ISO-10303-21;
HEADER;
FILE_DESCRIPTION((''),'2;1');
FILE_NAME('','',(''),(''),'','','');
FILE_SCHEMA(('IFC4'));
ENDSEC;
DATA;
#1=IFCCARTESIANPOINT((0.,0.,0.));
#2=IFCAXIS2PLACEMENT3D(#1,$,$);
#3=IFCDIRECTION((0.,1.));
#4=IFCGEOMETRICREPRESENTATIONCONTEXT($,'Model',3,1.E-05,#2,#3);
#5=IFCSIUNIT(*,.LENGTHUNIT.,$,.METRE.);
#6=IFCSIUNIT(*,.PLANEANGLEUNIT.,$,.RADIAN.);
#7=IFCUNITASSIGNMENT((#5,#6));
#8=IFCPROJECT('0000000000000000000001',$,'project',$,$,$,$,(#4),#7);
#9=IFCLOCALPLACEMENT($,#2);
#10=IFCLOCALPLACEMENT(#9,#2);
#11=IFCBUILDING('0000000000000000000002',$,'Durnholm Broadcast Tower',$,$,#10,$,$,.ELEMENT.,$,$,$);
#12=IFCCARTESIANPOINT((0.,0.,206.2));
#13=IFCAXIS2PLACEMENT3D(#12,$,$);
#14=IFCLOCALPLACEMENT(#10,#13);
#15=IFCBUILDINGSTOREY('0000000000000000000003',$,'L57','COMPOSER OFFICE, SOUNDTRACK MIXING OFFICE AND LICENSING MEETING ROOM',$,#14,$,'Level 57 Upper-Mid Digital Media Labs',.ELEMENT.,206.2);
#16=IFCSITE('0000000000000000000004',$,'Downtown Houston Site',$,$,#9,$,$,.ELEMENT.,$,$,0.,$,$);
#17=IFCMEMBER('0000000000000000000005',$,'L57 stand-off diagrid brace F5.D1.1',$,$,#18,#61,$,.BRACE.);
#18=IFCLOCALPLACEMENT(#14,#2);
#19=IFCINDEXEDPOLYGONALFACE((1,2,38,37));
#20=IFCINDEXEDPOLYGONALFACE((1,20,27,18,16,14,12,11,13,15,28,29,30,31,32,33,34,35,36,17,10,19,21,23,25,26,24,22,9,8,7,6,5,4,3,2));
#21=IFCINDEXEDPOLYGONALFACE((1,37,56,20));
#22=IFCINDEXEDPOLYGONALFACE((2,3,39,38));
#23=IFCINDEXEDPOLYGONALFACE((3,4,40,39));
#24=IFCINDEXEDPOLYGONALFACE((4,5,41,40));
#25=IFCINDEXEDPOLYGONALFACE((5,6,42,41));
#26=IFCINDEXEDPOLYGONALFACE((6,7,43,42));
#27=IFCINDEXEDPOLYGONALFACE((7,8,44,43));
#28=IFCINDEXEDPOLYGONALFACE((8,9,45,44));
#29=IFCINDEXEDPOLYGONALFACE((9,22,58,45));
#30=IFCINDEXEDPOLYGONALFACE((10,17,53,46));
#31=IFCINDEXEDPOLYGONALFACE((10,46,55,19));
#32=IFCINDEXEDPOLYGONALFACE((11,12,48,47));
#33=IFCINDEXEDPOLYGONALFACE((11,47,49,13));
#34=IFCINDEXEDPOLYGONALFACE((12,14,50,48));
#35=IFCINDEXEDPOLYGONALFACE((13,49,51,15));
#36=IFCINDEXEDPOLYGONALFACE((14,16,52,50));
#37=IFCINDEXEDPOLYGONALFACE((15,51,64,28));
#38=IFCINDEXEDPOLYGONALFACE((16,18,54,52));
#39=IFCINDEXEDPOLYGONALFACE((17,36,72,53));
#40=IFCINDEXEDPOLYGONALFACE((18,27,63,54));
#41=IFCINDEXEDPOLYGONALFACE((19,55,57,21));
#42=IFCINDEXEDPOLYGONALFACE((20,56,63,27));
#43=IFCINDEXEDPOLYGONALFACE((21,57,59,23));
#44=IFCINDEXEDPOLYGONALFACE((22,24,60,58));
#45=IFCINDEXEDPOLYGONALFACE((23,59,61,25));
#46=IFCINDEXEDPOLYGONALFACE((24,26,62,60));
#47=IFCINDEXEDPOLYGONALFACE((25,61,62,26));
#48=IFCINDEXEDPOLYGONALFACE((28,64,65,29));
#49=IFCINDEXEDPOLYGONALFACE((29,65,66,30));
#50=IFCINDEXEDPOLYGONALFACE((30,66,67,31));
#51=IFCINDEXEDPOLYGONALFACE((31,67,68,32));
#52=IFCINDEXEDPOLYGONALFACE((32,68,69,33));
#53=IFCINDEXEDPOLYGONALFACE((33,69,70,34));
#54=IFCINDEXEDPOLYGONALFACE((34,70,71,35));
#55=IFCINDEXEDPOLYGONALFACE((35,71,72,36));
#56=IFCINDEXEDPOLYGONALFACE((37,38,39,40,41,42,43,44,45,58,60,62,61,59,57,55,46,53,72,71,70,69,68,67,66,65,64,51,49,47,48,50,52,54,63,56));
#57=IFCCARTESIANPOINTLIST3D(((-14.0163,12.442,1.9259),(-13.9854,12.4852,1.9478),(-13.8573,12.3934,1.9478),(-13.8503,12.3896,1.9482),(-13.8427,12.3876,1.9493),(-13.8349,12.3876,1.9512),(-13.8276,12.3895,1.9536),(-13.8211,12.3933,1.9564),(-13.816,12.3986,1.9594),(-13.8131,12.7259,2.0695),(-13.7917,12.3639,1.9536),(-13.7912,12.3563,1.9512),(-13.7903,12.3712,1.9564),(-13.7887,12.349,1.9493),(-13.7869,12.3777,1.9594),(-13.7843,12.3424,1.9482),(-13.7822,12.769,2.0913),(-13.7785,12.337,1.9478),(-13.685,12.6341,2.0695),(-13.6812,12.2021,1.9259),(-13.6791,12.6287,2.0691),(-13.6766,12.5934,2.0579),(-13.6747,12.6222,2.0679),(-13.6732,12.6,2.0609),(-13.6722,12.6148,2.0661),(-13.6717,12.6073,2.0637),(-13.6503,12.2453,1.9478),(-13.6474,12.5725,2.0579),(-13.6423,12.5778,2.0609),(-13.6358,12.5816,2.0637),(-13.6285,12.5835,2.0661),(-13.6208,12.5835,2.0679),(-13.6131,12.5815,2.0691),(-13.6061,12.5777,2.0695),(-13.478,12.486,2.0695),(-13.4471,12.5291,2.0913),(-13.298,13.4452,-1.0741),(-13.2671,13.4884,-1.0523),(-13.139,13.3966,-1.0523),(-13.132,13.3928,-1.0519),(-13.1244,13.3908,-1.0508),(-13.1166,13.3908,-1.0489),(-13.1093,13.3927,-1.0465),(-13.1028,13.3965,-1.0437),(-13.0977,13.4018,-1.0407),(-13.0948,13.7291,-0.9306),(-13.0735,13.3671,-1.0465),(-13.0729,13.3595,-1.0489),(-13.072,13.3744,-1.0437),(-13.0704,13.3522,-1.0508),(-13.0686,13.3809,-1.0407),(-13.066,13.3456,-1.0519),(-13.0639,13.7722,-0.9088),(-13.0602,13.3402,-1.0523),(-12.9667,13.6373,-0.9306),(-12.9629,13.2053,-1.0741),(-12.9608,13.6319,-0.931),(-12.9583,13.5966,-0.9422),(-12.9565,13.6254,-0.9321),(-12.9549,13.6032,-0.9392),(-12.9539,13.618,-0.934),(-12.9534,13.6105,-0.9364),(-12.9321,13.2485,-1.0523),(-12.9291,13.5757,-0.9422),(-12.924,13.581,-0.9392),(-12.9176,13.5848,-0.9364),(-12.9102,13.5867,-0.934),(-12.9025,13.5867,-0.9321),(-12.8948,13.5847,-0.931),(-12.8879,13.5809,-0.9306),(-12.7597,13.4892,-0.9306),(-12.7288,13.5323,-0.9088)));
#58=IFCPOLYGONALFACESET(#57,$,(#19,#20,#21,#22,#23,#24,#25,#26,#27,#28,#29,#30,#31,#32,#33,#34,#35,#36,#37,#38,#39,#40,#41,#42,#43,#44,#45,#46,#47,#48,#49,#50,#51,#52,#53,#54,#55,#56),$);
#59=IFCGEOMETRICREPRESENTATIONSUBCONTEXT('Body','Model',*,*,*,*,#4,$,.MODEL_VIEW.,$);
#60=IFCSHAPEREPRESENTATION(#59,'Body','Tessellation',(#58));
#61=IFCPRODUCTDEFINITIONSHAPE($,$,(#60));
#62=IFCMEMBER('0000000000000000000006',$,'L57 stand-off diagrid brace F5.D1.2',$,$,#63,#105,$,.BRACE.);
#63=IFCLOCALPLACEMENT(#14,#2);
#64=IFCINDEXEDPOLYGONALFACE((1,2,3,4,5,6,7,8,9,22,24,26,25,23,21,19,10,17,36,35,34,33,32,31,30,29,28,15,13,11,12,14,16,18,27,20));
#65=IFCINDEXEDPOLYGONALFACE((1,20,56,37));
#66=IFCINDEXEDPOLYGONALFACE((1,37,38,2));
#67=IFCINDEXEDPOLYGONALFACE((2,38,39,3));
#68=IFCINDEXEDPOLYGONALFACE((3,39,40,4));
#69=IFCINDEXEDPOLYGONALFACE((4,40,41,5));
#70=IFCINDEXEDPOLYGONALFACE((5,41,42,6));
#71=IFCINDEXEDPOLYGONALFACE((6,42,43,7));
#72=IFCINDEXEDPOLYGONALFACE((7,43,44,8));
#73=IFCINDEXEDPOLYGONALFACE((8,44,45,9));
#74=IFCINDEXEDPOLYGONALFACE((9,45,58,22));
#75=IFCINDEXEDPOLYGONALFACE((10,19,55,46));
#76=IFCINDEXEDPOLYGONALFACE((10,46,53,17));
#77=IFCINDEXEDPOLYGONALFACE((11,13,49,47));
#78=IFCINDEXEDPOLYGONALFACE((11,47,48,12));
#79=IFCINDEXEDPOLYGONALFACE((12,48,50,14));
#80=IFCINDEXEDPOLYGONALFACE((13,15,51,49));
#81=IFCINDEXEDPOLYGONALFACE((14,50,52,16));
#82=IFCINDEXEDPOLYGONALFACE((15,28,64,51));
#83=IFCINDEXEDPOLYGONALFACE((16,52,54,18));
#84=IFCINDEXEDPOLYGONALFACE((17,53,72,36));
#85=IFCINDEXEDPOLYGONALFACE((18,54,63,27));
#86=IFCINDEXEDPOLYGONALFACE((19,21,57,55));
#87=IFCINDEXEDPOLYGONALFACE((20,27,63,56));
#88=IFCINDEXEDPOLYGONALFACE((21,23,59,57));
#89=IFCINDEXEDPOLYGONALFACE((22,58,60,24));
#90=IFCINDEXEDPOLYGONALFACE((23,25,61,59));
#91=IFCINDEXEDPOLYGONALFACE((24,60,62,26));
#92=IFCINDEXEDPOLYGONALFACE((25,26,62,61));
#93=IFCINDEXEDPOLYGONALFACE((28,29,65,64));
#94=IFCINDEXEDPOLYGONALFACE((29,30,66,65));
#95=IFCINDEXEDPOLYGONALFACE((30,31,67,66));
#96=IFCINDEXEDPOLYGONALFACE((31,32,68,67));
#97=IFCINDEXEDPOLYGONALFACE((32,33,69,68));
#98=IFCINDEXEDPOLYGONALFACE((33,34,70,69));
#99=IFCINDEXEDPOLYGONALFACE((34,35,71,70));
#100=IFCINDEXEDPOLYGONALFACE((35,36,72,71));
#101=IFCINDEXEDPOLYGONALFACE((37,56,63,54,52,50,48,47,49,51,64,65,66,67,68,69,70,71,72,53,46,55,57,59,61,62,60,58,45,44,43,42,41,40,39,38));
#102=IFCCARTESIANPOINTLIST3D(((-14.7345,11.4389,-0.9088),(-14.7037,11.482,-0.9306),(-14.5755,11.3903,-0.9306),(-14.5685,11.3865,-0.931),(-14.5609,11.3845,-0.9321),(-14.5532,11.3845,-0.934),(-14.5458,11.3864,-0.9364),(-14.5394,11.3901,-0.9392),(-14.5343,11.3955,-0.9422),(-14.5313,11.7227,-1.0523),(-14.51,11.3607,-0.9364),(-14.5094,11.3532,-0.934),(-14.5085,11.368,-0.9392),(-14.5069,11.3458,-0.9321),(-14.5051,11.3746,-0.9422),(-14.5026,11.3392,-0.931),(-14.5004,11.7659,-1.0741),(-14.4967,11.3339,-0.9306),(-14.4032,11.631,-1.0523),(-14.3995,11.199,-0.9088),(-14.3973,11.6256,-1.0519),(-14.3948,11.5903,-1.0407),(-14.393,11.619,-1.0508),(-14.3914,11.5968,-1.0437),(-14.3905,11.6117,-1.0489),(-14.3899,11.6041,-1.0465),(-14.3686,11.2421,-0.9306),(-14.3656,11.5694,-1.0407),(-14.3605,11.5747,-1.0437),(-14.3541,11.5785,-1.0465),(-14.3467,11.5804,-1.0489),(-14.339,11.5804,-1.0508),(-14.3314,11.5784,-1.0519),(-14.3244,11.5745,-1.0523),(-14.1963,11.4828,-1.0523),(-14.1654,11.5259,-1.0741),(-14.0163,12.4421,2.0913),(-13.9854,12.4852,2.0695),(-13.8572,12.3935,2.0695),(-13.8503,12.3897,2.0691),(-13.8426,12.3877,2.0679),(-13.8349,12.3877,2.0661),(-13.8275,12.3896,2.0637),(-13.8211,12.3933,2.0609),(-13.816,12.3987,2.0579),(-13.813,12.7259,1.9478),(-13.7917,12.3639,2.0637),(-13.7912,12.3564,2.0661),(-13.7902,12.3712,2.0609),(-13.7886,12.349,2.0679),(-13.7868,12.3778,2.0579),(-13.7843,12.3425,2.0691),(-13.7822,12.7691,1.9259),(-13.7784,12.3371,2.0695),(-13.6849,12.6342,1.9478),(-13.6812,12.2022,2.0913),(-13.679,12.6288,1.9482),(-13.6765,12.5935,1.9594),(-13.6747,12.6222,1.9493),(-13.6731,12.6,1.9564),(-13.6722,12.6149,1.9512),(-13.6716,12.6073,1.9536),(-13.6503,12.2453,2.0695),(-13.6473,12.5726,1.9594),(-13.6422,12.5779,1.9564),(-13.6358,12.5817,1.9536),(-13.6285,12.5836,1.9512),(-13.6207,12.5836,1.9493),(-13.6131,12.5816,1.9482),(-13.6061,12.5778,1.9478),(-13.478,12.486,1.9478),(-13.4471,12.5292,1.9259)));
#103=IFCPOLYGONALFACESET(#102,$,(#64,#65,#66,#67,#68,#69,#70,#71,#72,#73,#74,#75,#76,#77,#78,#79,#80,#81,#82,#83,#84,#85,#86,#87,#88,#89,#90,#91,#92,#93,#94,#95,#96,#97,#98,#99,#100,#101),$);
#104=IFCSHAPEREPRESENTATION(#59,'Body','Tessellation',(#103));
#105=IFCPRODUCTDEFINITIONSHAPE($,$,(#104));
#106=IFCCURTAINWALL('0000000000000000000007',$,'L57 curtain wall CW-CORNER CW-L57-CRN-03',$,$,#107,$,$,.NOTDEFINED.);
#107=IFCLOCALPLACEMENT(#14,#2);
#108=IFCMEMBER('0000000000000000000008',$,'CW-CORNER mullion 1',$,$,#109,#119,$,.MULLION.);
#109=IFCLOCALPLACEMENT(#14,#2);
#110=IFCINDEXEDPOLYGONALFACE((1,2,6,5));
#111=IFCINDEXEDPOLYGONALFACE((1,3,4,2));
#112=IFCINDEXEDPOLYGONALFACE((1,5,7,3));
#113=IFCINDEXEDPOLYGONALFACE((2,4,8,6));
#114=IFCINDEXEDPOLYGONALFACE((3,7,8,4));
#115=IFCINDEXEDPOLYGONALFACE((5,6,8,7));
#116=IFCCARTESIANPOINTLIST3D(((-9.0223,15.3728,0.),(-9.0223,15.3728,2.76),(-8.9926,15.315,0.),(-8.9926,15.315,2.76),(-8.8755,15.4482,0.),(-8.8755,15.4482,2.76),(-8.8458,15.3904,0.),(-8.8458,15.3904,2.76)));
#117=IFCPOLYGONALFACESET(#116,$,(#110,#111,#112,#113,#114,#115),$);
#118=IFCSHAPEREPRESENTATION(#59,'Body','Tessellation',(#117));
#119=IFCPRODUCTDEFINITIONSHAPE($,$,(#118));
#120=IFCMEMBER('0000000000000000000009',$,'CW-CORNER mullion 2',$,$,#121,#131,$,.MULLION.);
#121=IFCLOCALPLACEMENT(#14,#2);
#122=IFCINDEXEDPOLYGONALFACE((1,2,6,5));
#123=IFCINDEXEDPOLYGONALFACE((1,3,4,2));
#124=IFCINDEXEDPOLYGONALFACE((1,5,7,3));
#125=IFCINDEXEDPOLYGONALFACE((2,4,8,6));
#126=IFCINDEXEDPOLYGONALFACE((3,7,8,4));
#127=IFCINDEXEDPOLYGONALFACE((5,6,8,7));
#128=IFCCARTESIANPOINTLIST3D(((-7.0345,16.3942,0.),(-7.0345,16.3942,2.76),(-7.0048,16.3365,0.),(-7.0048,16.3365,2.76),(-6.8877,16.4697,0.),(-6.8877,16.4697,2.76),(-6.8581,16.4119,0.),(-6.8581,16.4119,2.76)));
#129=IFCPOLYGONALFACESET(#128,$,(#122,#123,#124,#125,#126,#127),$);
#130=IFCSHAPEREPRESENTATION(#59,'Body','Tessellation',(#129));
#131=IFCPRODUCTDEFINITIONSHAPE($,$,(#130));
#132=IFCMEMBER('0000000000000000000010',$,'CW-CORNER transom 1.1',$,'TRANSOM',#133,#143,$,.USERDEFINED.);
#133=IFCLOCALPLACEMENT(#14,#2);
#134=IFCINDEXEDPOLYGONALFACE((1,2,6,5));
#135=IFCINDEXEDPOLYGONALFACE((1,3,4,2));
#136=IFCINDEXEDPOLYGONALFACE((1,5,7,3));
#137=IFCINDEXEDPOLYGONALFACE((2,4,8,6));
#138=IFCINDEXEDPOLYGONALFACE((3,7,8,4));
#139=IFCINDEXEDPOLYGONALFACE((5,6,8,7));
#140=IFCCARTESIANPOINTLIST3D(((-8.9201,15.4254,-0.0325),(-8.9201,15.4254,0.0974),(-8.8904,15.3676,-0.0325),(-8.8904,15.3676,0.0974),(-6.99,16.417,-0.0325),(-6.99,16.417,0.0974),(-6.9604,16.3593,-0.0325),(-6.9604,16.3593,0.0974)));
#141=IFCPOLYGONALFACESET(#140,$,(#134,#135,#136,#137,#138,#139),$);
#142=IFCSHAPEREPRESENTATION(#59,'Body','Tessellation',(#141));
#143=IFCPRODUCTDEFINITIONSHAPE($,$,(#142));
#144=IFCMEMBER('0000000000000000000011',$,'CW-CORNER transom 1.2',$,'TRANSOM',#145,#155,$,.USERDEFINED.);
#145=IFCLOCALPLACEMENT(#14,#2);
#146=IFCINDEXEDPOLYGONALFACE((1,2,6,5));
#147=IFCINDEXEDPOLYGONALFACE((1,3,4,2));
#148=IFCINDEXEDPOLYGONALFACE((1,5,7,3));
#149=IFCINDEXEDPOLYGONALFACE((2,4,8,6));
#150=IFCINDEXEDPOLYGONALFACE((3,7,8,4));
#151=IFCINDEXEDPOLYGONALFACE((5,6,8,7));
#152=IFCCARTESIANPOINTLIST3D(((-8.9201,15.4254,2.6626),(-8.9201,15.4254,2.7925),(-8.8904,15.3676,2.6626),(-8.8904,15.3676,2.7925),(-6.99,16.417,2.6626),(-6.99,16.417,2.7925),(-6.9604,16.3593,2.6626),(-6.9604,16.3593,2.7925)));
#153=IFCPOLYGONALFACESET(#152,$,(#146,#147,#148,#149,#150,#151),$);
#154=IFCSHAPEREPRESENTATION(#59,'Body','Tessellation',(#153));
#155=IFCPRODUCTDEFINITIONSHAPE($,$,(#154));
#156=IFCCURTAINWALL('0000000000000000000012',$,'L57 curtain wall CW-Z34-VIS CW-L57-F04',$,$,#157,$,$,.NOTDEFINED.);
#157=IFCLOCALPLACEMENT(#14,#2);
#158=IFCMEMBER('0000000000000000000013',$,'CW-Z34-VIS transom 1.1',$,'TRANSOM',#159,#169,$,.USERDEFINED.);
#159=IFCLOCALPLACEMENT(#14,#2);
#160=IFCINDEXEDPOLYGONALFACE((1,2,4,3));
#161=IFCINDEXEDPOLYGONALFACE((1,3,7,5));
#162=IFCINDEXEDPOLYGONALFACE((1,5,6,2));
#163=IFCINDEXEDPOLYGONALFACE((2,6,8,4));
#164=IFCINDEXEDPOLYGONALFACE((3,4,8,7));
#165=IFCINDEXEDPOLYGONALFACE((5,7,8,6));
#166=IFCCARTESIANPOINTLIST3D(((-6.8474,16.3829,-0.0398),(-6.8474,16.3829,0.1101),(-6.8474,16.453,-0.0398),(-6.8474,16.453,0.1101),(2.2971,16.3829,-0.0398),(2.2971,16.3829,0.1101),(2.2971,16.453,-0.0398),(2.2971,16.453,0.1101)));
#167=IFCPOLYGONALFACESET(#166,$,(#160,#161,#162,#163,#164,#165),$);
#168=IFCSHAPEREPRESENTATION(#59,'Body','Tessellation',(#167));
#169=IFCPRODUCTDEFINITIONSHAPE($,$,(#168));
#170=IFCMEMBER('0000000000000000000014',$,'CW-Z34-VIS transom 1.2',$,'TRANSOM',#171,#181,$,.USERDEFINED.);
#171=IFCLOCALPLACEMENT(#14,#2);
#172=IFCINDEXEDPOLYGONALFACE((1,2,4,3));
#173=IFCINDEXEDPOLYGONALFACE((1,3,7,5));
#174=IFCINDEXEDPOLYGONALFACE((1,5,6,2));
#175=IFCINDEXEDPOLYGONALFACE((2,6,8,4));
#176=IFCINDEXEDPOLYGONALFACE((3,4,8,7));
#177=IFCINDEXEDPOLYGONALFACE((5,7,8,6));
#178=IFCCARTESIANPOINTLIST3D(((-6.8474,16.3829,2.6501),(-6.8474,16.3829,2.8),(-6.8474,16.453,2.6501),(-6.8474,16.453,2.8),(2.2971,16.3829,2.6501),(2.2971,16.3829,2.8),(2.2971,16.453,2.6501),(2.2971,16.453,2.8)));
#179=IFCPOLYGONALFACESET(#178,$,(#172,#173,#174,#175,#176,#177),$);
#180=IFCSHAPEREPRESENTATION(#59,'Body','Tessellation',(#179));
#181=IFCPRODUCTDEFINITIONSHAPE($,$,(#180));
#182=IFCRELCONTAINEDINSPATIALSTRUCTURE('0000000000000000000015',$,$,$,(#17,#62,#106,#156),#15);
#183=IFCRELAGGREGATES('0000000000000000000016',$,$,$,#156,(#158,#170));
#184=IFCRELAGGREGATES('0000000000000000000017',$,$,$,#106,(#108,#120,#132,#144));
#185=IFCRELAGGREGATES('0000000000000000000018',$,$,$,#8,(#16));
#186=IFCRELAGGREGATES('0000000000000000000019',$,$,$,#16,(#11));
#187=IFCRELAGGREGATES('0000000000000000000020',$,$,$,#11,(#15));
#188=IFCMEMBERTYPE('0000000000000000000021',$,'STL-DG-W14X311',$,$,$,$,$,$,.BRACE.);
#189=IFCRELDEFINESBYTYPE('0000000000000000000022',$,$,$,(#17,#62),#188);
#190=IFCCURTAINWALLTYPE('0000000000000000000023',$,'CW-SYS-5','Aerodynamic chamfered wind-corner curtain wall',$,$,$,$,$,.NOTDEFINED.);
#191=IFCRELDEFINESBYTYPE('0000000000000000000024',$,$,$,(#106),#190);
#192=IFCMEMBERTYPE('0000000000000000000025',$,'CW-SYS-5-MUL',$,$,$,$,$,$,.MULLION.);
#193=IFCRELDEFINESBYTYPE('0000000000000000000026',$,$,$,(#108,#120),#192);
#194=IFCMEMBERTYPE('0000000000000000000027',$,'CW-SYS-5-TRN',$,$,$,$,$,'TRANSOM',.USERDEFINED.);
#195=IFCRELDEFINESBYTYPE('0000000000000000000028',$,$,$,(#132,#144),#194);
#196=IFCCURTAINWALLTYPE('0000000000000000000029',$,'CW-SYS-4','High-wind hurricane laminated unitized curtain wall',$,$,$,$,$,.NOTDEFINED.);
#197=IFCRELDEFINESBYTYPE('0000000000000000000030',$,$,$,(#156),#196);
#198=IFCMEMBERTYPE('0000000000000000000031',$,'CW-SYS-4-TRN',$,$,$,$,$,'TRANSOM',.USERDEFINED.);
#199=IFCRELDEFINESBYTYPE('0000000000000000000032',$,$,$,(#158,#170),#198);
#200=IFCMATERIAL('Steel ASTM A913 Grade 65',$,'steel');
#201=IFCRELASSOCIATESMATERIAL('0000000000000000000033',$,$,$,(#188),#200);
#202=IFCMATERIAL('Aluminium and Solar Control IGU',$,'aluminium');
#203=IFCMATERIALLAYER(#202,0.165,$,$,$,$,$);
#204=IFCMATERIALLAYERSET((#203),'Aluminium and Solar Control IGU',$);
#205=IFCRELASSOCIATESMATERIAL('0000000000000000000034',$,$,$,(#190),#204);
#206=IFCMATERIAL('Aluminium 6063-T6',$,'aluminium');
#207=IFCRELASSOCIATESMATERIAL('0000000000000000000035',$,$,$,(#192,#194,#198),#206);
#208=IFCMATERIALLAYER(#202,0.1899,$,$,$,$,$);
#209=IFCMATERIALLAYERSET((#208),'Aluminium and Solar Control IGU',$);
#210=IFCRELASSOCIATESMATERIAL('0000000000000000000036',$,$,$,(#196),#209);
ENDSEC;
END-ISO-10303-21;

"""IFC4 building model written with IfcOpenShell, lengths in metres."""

from ifc_helpers import new_model, si_unit, direction, frame, origin, origin_2d, place, context, subcontext, project, spatial, rectangle, i_section, extrude, source, transform, mapped, material, layer, layer_set, material_profile, profile_set, type_object, type_shapes, element, aggregate, save


model = new_model("IFC4")

# Units and contexts
model_context = context("Model", 3, precision=1e-05, world=origin(), true_north=direction((0.0, 1.0)))
body_context = subcontext(model_context, "Body", "Model", "MODEL_VIEW")
ifc_project = project(units=[si_unit("LENGTHUNIT", "METRE"), si_unit("PLANEANGLEUNIT", "RADIAN")], contexts=[model_context])

# Site, building, storey
site_placement = place(None, origin())
site = spatial("IfcSite", under=ifc_project, at=site_placement, Name="Downtown Houston Site", CompositionType="ELEMENT", RefElevation=0.0)
building_placement = place(site_placement, origin())
building = spatial("IfcBuilding", under=site, at=building_placement, Name="Durnholm Broadcast Tower", CompositionType="ELEMENT")
storey_placement = place(building_placement, frame((0.0, 0.0, 206.2)))
storey = spatial("IfcBuildingStorey", under=building, at=storey_placement, Name="L57", Description="COMPOSER OFFICE, SOUNDTRACK MIXING OFFICE AND LICENSING MEETING ROOM", LongName="Level 57 Upper-Mid Digital Media Labs", CompositionType="ELEMENT", Elevation=206.2)

# Members
ifc_material_1 = material(Name="Steel ASTM A913 Grade 65", Category="steel")
ifc_material_profile_1 = material_profile(ifc_material_1, i_section(OverallWidth=0.4121, OverallDepth=0.4348, WebThickness=0.0359, FlangeThickness=0.0574, FilletRadius=0.0305, at=origin_2d()), Name="W14X311")
ifc_profile_set_1 = profile_set([ifc_material_profile_1], Name="Steel ASTM A913 Grade 65")
member_type_1 = type_object("IfcMemberType", Name="STL-DG-W14X311", PredefinedType="BRACE", material=ifc_profile_set_1)
shared_shape_1 = source(origin(), body_context, "Body", "SweptSolid", [
    extrude(i_section(OverallWidth=0.4121, OverallDepth=0.4348, WebThickness=0.0359, FlangeThickness=0.0574, FilletRadius=0.0305, at=origin_2d()), origin(), (0.0, 0.0, 1.0), 3.2439),
])
type_shapes(member_type_1, [shared_shape_1])
for number, where, z_axis, x_axis, name in (
    (1, (-13.0134, 13.4888, -0.9915), (-0.221426, -0.309259, 0.92484), (0.813078, -0.582155, 0.0), "L57 stand-off diagrid brace F5.D1.1"),
    (2, (-14.45, 11.4824, -0.9915), (0.221426, 0.309259, 0.92484), (-0.813078, 0.582155, 0.0), "L57 stand-off diagrid brace F5.D1.2"),
):
    element("IfcMember", number, at=place(storey_placement, frame(where, z_axis=z_axis, x_axis=x_axis)), inside=storey, type_object=member_type_1, Name=name, PredefinedType="BRACE", context=body_context, shape_type="MappedRepresentation", body=[
        mapped(shared_shape_1, transform((0.0, 0.0, 0.0), x_axis=(1.0, 0.0, 0.0), y_axis=(0.0, 1.0, 0.0), z_axis=(0.0, 0.0, 1.0), scale=1.0)),
    ])

# Curtain walls, members
ifc_material_2 = material(Name="Aluminium and Solar Control IGU", Category="aluminium")
ifc_layer_1 = layer(ifc_material_2, 0.165)
ifc_layer_set_1 = layer_set([ifc_layer_1], Name="Aluminium and Solar Control IGU")
curtain_wall_type_1 = type_object("IfcCurtainWallType", Name="CW-SYS-5", Description="Aerodynamic chamfered wind-corner curtain wall", PredefinedType="NOTDEFINED", material=ifc_layer_set_1)
curtain_wall_1_placement = place(storey_placement, origin())
curtain_wall_1 = element("IfcCurtainWall", 3, at=curtain_wall_1_placement, inside=storey, type_object=curtain_wall_type_1, Name="L57 curtain wall CW-CORNER CW-L57-CRN-03", PredefinedType="NOTDEFINED")
ifc_material_3 = material(Name="Aluminium 6063-T6", Category="aluminium")
ifc_material_profile_2 = material_profile(ifc_material_3, rectangle(XDim=0.0649, YDim=0.165, at=origin_2d()), Name="CWM65X165")
ifc_profile_set_2 = profile_set([ifc_material_profile_2], Name="Aluminium 6063-T6")
member_type_2 = type_object("IfcMemberType", Name="CW-SYS-5-MUL", PredefinedType="MULLION", material=ifc_profile_set_2)
shared_shape_2 = source(origin(), body_context, "Body", "SweptSolid", [
    extrude(rectangle(XDim=0.0649, YDim=0.165, at=origin_2d()), origin(), (0.0, 0.0, 1.0), 2.76),
])
type_shapes(member_type_2, [shared_shape_2])
member_1_placement = place(storey_placement, frame((-8.9341, 15.3816, 0.0), z_axis=(0.0, 0.0, 1.0), x_axis=(-0.457082, 0.889425, 0.0)))
member_1 = element("IfcMember", 4, at=member_1_placement, type_object=member_type_2, Name="CW-CORNER mullion 1", PredefinedType="MULLION", context=body_context, shape_type="MappedRepresentation", body=[
    mapped(shared_shape_2, transform((0.0, 0.0, 0.0), x_axis=(1.0, 0.0, 0.0), y_axis=(0.0, 1.0, 0.0), z_axis=(0.0, 0.0, 1.0), scale=1.0)),
])
member_2_placement = place(storey_placement, frame((-6.9463, 16.4031, 0.0), z_axis=(0.0, 0.0, 1.0), x_axis=(-0.457082, 0.889425, 0.0)))
member_2 = element("IfcMember", 5, at=member_2_placement, type_object=member_type_2, Name="CW-CORNER mullion 2", PredefinedType="MULLION", context=body_context, shape_type="MappedRepresentation", body=[
    mapped(shared_shape_2, transform((0.0, 0.0, 0.0), x_axis=(1.0, 0.0, 0.0), y_axis=(0.0, 1.0, 0.0), z_axis=(0.0, 0.0, 1.0), scale=1.0)),
])
ifc_material_profile_3 = material_profile(ifc_material_3, rectangle(XDim=0.0649, YDim=0.1299, at=origin_2d()), Name="CWT65X130")
ifc_profile_set_3 = profile_set([ifc_material_profile_3], Name="Aluminium 6063-T6")
member_type_3 = type_object("IfcMemberType", Name="CW-SYS-5-TRN", ElementType="TRANSOM", PredefinedType="USERDEFINED", material=ifc_profile_set_3)
shared_shape_3 = source(origin(), body_context, "Body", "SweptSolid", [
    extrude(rectangle(XDim=0.0649, YDim=0.1299, at=origin_2d()), origin(), (0.0, 0.0, 1.0), 2.1699),
])
type_shapes(member_type_3, [shared_shape_3])
member_3_placement = place(storey_placement, frame((-8.9053, 15.3965, 0.0325), z_axis=(0.889468, 0.456997, 0.0), x_axis=(-0.456997, 0.889468, 0.0)))
member_3 = element("IfcMember", 6, at=member_3_placement, type_object=member_type_3, Name="CW-CORNER transom 1.1", ObjectType="TRANSOM", PredefinedType="USERDEFINED", context=body_context, shape_type="MappedRepresentation", body=[
    mapped(shared_shape_3, transform((0.0, 0.0, 0.0), x_axis=(1.0, 0.0, 0.0), y_axis=(0.0, 1.0, 0.0), z_axis=(0.0, 0.0, 1.0), scale=1.0)),
])
member_4_placement = place(storey_placement, frame((-8.9053, 15.3965, 2.7275), z_axis=(0.889468, 0.456997, 0.0), x_axis=(-0.456997, 0.889468, 0.0)))
member_4 = element("IfcMember", 7, at=member_4_placement, type_object=member_type_3, Name="CW-CORNER transom 1.2", ObjectType="TRANSOM", PredefinedType="USERDEFINED", context=body_context, shape_type="MappedRepresentation", body=[
    mapped(shared_shape_3, transform((0.0, 0.0, 0.0), x_axis=(1.0, 0.0, 0.0), y_axis=(0.0, 1.0, 0.0), z_axis=(0.0, 0.0, 1.0), scale=1.0)),
])
ifc_layer_2 = layer(ifc_material_2, 0.1899)
ifc_layer_set_2 = layer_set([ifc_layer_2], Name="Aluminium and Solar Control IGU")
curtain_wall_type_2 = type_object("IfcCurtainWallType", Name="CW-SYS-4", Description="High-wind hurricane laminated unitized curtain wall", PredefinedType="NOTDEFINED", material=ifc_layer_set_2)
curtain_wall_2_placement = place(storey_placement, origin())
curtain_wall_2 = element("IfcCurtainWall", 8, at=curtain_wall_2_placement, inside=storey, type_object=curtain_wall_type_2, Name="L57 curtain wall CW-Z34-VIS CW-L57-F04", PredefinedType="NOTDEFINED")
ifc_material_profile_4 = material_profile(ifc_material_3, rectangle(XDim=0.0701, YDim=0.1499, at=origin_2d()), Name="CWT70X150")
ifc_profile_set_4 = profile_set([ifc_material_profile_4], Name="Aluminium 6063-T6")
member_type_4 = type_object("IfcMemberType", Name="CW-SYS-4-TRN", ElementType="TRANSOM", PredefinedType="USERDEFINED", material=ifc_profile_set_4)
shared_shape_4 = source(origin(), body_context, "Body", "SweptSolid", [
    extrude(rectangle(XDim=0.0701, YDim=0.1499, at=origin_2d()), origin(), (0.0, 0.0, 1.0), 9.1445),
])
type_shapes(member_type_4, [shared_shape_4])
member_5_placement = place(storey_placement, frame((-6.8474, 16.418, 0.0352), z_axis=(1.0, 0.0, 0.0), x_axis=(0.0, 1.0, 0.0)))
member_5 = element("IfcMember", 9, at=member_5_placement, type_object=member_type_4, Name="CW-Z34-VIS transom 1.1", ObjectType="TRANSOM", PredefinedType="USERDEFINED", context=body_context, shape_type="MappedRepresentation", body=[
    mapped(shared_shape_4, transform((0.0, 0.0, 0.0), x_axis=(1.0, 0.0, 0.0), y_axis=(0.0, 1.0, 0.0), z_axis=(0.0, 0.0, 1.0), scale=1.0)),
])
member_6_placement = place(storey_placement, frame((-6.8474, 16.418, 2.7251), z_axis=(1.0, 0.0, 0.0), x_axis=(0.0, 1.0, 0.0)))
member_6 = element("IfcMember", 10, at=member_6_placement, type_object=member_type_4, Name="CW-Z34-VIS transom 1.2", ObjectType="TRANSOM", PredefinedType="USERDEFINED", context=body_context, shape_type="MappedRepresentation", body=[
    mapped(shared_shape_4, transform((0.0, 0.0, 0.0), x_axis=(1.0, 0.0, 0.0), y_axis=(0.0, 1.0, 0.0), z_axis=(0.0, 0.0, 1.0), scale=1.0)),
])

aggregate(curtain_wall_2, [member_5, member_6])

aggregate(curtain_wall_1, [member_1, member_2, member_3, member_4])

save(model, "model.ifc")
